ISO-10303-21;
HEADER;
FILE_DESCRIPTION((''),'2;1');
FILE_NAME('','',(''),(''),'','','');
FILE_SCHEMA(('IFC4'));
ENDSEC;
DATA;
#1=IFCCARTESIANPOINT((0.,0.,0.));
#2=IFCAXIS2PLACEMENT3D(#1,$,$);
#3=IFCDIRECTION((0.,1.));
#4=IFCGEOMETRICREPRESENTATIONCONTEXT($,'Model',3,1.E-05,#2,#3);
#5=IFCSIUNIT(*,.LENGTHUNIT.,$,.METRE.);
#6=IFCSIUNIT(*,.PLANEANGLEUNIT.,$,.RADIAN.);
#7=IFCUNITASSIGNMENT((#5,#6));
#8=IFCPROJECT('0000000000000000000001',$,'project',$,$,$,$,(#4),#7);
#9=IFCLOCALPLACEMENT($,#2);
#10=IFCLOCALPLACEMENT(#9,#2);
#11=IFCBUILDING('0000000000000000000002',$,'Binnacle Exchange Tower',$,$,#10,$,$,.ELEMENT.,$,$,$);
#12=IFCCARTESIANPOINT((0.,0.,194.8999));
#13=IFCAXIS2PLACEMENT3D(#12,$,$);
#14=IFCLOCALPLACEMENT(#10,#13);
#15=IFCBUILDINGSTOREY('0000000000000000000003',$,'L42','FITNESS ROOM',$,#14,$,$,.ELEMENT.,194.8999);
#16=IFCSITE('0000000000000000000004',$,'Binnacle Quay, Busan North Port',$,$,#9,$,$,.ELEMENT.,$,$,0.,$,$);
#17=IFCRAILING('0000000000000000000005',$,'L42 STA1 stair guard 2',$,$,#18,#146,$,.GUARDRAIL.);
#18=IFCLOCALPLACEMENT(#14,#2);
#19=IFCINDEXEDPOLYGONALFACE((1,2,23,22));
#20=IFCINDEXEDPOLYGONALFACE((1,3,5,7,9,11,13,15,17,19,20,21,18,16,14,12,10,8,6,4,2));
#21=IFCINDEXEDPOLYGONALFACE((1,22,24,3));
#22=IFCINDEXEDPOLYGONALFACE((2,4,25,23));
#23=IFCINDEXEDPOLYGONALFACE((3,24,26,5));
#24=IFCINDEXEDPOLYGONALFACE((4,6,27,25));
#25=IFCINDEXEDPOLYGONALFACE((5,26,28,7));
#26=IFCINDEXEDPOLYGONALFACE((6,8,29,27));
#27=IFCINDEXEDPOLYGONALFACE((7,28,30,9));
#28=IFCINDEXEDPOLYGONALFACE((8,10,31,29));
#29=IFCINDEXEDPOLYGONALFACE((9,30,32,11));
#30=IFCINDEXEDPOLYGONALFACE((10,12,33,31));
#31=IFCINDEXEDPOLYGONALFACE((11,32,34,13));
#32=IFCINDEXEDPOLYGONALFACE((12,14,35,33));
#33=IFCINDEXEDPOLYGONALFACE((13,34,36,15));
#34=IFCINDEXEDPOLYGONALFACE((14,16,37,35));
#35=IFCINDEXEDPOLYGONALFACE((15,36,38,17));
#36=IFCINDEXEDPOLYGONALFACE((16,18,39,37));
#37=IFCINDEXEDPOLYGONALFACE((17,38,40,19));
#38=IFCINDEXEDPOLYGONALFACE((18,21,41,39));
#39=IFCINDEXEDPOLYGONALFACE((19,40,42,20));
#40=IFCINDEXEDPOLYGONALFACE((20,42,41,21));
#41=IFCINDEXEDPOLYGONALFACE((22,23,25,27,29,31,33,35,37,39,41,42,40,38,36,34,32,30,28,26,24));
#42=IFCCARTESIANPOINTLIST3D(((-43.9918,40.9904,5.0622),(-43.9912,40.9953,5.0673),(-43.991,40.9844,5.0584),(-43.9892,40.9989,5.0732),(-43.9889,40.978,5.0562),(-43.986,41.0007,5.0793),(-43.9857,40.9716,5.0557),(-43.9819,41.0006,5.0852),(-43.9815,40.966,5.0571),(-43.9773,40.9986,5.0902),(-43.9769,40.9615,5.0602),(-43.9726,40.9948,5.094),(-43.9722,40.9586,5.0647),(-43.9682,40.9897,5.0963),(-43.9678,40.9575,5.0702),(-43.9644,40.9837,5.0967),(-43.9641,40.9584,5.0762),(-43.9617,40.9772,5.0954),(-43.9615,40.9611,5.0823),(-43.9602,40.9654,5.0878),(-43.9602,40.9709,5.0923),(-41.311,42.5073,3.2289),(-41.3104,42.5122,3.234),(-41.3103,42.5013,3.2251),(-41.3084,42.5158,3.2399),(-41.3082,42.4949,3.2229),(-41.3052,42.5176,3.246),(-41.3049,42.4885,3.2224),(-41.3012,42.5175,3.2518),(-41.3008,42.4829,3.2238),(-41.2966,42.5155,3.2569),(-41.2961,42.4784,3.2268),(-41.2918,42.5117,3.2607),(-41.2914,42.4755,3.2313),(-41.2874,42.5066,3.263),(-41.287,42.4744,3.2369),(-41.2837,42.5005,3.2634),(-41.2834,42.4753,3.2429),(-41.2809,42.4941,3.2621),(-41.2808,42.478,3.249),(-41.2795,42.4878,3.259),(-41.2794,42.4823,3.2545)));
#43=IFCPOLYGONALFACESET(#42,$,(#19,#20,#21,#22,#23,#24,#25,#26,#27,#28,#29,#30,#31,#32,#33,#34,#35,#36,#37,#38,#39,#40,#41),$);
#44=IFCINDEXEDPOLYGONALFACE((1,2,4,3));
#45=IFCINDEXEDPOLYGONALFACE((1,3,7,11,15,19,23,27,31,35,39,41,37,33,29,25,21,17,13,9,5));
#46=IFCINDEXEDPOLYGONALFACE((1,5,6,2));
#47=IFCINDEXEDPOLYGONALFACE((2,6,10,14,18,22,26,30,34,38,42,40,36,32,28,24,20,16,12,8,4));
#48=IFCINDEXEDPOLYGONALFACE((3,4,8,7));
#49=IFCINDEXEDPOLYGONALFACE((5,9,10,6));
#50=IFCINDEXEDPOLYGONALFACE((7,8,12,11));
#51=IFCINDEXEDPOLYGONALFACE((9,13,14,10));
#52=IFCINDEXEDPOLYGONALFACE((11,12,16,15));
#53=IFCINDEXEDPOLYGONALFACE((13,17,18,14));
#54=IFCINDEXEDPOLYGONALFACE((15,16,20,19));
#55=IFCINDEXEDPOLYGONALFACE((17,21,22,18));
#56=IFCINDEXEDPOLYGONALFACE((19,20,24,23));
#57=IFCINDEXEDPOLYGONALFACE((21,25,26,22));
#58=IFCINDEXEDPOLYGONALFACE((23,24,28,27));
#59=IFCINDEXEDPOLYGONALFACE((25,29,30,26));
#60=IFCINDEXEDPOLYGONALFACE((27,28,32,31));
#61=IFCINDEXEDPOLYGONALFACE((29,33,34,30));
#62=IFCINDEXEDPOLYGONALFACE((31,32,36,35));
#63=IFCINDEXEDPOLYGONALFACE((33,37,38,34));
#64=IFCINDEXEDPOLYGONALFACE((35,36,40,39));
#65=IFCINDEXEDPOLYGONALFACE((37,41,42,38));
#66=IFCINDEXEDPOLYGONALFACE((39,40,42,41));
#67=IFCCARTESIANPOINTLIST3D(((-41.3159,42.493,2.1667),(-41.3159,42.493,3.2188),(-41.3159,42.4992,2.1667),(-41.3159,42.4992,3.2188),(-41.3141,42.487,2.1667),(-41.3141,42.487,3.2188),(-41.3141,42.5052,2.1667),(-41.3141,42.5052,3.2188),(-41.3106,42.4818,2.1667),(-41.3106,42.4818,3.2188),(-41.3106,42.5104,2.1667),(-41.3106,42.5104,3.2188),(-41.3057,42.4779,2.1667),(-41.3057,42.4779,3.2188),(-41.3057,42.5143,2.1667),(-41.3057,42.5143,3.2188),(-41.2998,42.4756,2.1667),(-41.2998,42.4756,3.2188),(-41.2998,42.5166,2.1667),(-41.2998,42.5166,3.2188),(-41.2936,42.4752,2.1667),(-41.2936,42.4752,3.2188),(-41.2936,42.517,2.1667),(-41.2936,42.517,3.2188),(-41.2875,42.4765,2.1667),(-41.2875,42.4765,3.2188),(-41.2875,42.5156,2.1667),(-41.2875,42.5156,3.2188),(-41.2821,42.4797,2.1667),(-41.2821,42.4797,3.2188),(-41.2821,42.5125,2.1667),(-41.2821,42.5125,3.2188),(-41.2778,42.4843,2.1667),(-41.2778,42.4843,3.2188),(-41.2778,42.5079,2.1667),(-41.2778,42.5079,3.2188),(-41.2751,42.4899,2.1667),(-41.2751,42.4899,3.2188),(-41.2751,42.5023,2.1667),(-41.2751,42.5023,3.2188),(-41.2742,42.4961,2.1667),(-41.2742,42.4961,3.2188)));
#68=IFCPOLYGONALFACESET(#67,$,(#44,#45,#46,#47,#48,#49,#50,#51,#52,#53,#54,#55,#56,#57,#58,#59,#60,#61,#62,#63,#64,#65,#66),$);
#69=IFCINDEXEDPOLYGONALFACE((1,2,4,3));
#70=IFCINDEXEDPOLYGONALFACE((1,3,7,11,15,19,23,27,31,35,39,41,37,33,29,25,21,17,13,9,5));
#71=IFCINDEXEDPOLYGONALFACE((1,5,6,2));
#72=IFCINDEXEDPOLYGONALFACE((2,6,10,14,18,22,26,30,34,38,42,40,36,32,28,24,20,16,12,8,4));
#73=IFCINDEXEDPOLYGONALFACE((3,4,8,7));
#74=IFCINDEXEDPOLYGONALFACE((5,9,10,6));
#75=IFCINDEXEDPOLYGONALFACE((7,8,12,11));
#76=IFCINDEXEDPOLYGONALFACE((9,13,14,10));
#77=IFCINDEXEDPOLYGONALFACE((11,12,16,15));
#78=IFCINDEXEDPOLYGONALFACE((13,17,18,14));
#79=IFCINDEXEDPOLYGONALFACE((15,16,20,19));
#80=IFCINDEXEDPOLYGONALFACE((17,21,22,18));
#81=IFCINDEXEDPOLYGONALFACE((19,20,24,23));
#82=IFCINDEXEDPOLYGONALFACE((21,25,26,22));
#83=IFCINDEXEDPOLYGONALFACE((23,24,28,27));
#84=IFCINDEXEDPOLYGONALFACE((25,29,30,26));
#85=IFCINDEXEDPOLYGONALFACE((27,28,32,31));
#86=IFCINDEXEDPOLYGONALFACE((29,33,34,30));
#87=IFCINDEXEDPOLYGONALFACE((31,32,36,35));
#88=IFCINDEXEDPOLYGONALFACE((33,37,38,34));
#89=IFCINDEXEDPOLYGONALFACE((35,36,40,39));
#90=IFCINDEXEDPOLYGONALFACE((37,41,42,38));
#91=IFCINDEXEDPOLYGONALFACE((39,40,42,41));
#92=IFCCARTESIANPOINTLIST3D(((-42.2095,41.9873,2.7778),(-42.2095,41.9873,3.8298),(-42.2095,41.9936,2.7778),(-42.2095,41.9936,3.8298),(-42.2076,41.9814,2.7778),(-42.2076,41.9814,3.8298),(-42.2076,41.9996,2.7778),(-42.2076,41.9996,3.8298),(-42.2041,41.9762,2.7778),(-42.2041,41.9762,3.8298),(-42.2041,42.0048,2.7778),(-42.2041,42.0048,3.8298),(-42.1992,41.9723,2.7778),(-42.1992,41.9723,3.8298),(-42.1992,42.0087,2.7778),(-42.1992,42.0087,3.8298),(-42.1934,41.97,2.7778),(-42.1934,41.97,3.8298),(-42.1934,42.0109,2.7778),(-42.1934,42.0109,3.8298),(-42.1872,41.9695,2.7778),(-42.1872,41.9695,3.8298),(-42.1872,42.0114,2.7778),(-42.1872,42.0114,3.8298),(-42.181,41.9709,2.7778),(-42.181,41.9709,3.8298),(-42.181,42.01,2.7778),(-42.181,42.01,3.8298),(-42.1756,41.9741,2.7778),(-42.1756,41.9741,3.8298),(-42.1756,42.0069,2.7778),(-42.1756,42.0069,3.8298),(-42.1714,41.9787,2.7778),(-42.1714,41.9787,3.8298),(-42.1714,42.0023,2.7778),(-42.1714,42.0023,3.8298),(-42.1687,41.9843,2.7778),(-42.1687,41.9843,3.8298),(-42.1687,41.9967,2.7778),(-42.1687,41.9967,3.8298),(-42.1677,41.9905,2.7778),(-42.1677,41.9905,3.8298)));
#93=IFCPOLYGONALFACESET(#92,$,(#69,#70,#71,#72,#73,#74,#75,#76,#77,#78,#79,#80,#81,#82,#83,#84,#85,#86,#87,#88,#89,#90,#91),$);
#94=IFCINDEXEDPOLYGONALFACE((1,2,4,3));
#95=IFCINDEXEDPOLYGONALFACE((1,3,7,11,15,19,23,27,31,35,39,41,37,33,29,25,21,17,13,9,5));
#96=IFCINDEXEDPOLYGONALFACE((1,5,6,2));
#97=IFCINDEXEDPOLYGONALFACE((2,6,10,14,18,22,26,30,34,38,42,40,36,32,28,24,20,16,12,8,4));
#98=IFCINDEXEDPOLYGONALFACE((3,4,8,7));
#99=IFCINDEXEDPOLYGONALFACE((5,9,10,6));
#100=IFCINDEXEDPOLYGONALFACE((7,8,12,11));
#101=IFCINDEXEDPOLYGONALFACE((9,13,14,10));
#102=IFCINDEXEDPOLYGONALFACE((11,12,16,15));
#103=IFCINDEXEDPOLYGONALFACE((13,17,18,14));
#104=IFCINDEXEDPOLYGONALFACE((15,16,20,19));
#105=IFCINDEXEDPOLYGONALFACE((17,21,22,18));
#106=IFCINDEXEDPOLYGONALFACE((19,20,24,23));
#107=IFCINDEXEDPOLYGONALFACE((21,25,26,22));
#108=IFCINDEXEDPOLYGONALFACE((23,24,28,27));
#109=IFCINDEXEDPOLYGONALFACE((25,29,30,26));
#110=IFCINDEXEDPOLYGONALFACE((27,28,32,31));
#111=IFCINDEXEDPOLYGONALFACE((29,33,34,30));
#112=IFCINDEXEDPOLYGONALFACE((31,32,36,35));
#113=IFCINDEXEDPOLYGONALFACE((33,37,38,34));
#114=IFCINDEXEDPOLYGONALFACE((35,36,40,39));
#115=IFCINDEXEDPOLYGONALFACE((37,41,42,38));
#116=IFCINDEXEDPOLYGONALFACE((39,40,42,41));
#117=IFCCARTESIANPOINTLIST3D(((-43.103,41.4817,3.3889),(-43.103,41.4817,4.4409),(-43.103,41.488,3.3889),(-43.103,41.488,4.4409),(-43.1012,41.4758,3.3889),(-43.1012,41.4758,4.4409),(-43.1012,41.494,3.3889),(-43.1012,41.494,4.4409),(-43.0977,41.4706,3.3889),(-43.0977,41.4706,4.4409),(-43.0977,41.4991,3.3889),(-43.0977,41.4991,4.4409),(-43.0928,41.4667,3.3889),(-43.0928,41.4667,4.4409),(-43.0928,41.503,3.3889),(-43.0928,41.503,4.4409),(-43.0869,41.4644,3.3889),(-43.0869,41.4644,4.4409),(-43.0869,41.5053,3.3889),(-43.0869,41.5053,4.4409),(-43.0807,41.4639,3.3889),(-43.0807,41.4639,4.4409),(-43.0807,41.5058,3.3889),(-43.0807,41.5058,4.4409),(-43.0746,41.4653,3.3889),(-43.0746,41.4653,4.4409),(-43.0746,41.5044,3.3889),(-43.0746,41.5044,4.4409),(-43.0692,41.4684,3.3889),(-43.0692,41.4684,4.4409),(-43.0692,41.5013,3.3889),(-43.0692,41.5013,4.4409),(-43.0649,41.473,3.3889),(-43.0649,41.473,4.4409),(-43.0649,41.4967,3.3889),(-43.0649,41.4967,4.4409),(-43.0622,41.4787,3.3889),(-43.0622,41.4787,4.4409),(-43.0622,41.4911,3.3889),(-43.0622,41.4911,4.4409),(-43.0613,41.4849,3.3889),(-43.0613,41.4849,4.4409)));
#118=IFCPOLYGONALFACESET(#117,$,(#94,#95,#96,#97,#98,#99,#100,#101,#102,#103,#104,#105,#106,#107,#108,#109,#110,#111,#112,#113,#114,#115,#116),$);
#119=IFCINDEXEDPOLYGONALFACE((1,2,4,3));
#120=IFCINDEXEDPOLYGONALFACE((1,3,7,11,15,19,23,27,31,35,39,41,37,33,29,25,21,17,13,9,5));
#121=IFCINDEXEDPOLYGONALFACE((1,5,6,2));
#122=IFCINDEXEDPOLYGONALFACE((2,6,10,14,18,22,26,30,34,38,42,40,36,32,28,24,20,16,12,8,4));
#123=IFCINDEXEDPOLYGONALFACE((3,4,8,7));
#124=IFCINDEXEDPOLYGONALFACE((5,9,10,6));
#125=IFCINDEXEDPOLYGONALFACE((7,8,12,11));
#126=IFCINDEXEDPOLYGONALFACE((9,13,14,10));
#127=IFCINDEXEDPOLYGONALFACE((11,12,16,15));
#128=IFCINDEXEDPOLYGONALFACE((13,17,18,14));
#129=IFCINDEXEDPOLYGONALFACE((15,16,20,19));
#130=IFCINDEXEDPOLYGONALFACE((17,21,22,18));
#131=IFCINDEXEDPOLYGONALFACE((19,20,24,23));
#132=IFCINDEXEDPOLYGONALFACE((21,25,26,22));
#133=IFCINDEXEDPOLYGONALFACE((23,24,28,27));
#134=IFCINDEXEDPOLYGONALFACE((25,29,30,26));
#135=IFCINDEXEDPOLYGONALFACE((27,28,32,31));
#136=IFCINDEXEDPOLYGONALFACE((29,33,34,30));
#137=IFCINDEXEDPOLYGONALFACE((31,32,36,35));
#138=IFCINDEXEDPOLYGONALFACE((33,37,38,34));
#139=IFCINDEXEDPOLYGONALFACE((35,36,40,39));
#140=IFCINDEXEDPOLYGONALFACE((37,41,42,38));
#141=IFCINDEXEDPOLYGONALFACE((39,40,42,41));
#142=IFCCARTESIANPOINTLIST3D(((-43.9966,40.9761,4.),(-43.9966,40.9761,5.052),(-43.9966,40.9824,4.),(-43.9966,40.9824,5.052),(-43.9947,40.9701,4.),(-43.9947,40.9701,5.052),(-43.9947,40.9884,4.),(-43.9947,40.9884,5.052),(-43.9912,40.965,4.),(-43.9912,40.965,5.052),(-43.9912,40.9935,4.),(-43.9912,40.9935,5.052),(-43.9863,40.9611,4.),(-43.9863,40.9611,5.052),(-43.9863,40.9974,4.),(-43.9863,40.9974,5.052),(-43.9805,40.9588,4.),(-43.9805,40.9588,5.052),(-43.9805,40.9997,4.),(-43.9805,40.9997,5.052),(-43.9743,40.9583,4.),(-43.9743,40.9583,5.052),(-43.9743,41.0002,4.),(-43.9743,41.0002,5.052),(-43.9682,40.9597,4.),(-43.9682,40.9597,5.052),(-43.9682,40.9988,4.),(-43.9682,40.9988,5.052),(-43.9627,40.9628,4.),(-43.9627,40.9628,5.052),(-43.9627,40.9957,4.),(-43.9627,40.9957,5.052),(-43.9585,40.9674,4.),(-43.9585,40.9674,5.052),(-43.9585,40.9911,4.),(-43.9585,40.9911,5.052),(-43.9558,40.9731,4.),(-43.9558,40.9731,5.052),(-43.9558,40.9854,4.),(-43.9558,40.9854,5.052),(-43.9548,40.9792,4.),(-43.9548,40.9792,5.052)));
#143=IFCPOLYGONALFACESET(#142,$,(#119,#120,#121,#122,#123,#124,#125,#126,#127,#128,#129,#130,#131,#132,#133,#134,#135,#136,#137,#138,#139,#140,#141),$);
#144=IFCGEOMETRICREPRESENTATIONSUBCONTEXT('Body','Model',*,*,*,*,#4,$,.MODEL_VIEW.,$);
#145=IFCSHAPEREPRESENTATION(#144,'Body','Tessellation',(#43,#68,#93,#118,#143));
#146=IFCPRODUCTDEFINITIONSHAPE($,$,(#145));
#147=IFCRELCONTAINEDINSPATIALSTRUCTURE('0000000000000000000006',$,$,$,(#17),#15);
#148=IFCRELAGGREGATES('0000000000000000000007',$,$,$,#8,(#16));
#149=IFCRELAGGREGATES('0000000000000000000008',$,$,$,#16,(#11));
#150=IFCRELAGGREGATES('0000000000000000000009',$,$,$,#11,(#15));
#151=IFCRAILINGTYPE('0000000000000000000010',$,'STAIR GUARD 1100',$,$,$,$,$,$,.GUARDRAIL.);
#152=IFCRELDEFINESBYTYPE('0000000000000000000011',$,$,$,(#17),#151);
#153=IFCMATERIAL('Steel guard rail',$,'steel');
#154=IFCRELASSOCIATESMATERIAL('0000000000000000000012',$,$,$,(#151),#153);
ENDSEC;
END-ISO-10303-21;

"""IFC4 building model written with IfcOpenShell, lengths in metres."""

from ifc_helpers import new_model, si_unit, direction, frame, origin, origin_2d, place, context, subcontext, project, spatial, circle, extrude, material, type_object, element, save


model = new_model("IFC4")

# Units and contexts
model_context = context("Model", 3, precision=1e-05, world=origin(), true_north=direction((0.0, 1.0)))
body_context = subcontext(model_context, "Body", "Model", "MODEL_VIEW")
ifc_project = project(units=[si_unit("LENGTHUNIT", "METRE"), si_unit("PLANEANGLEUNIT", "RADIAN")], contexts=[model_context])

# Site, building, storey
site_placement = place(None, origin())
site = spatial("IfcSite", under=ifc_project, at=site_placement, Name="Binnacle Quay, Busan North Port", CompositionType="ELEMENT", RefElevation=0.0)
building_placement = place(site_placement, origin())
building = spatial("IfcBuilding", under=site, at=building_placement, Name="Binnacle Exchange Tower", CompositionType="ELEMENT")
storey_placement = place(building_placement, frame((0.0, 0.0, 194.8999)))
storey = spatial("IfcBuildingStorey", under=building, at=storey_placement, Name="L42", Description="FITNESS ROOM", CompositionType="ELEMENT", Elevation=194.8999)

# Railing
ifc_material_1 = material(Name="Steel guard rail", Category="steel")
railing_type = type_object("IfcRailingType", Name="STAIR GUARD 1100", PredefinedType="GUARDRAIL", material=ifc_material_1)
railing_placement = place(storey_placement, frame((-41.2952, 42.4961, 2.1667)))
element("IfcRailing", 1, at=railing_placement, inside=storey, type_object=railing_type, Name="L42 STA1 stair guard 2", PredefinedType="GUARDRAIL", context=body_context, shape_type="SweptSolid", body=[
    extrude(circle(Radius=0.0239, at=origin_2d()), frame((0.0, 0.0, 1.0762), z_axis=(-0.747879, -0.423185, 0.51146), x_axis=(0.492472, -0.870328, 0.0)), (0.0, 0.0, 1.0), 3.5845),
    extrude(circle(Radius=0.021, at=origin_2d()), origin(), (0.0, 0.0, 1.0), 1.052),
    extrude(circle(Radius=0.021, at=origin_2d()), frame((-0.8936, -0.5056, 0.6111)), (0.0, 0.0, 1.0), 1.052),
    extrude(circle(Radius=0.021, at=origin_2d()), frame((-1.7871, -1.0112, 1.2222)), (0.0, 0.0, 1.0), 1.052),
    extrude(circle(Radius=0.021, at=origin_2d()), frame((-2.6807, -1.5168, 1.8333)), (0.0, 0.0, 1.0), 1.052),
])

save(model, "model.ifc")
